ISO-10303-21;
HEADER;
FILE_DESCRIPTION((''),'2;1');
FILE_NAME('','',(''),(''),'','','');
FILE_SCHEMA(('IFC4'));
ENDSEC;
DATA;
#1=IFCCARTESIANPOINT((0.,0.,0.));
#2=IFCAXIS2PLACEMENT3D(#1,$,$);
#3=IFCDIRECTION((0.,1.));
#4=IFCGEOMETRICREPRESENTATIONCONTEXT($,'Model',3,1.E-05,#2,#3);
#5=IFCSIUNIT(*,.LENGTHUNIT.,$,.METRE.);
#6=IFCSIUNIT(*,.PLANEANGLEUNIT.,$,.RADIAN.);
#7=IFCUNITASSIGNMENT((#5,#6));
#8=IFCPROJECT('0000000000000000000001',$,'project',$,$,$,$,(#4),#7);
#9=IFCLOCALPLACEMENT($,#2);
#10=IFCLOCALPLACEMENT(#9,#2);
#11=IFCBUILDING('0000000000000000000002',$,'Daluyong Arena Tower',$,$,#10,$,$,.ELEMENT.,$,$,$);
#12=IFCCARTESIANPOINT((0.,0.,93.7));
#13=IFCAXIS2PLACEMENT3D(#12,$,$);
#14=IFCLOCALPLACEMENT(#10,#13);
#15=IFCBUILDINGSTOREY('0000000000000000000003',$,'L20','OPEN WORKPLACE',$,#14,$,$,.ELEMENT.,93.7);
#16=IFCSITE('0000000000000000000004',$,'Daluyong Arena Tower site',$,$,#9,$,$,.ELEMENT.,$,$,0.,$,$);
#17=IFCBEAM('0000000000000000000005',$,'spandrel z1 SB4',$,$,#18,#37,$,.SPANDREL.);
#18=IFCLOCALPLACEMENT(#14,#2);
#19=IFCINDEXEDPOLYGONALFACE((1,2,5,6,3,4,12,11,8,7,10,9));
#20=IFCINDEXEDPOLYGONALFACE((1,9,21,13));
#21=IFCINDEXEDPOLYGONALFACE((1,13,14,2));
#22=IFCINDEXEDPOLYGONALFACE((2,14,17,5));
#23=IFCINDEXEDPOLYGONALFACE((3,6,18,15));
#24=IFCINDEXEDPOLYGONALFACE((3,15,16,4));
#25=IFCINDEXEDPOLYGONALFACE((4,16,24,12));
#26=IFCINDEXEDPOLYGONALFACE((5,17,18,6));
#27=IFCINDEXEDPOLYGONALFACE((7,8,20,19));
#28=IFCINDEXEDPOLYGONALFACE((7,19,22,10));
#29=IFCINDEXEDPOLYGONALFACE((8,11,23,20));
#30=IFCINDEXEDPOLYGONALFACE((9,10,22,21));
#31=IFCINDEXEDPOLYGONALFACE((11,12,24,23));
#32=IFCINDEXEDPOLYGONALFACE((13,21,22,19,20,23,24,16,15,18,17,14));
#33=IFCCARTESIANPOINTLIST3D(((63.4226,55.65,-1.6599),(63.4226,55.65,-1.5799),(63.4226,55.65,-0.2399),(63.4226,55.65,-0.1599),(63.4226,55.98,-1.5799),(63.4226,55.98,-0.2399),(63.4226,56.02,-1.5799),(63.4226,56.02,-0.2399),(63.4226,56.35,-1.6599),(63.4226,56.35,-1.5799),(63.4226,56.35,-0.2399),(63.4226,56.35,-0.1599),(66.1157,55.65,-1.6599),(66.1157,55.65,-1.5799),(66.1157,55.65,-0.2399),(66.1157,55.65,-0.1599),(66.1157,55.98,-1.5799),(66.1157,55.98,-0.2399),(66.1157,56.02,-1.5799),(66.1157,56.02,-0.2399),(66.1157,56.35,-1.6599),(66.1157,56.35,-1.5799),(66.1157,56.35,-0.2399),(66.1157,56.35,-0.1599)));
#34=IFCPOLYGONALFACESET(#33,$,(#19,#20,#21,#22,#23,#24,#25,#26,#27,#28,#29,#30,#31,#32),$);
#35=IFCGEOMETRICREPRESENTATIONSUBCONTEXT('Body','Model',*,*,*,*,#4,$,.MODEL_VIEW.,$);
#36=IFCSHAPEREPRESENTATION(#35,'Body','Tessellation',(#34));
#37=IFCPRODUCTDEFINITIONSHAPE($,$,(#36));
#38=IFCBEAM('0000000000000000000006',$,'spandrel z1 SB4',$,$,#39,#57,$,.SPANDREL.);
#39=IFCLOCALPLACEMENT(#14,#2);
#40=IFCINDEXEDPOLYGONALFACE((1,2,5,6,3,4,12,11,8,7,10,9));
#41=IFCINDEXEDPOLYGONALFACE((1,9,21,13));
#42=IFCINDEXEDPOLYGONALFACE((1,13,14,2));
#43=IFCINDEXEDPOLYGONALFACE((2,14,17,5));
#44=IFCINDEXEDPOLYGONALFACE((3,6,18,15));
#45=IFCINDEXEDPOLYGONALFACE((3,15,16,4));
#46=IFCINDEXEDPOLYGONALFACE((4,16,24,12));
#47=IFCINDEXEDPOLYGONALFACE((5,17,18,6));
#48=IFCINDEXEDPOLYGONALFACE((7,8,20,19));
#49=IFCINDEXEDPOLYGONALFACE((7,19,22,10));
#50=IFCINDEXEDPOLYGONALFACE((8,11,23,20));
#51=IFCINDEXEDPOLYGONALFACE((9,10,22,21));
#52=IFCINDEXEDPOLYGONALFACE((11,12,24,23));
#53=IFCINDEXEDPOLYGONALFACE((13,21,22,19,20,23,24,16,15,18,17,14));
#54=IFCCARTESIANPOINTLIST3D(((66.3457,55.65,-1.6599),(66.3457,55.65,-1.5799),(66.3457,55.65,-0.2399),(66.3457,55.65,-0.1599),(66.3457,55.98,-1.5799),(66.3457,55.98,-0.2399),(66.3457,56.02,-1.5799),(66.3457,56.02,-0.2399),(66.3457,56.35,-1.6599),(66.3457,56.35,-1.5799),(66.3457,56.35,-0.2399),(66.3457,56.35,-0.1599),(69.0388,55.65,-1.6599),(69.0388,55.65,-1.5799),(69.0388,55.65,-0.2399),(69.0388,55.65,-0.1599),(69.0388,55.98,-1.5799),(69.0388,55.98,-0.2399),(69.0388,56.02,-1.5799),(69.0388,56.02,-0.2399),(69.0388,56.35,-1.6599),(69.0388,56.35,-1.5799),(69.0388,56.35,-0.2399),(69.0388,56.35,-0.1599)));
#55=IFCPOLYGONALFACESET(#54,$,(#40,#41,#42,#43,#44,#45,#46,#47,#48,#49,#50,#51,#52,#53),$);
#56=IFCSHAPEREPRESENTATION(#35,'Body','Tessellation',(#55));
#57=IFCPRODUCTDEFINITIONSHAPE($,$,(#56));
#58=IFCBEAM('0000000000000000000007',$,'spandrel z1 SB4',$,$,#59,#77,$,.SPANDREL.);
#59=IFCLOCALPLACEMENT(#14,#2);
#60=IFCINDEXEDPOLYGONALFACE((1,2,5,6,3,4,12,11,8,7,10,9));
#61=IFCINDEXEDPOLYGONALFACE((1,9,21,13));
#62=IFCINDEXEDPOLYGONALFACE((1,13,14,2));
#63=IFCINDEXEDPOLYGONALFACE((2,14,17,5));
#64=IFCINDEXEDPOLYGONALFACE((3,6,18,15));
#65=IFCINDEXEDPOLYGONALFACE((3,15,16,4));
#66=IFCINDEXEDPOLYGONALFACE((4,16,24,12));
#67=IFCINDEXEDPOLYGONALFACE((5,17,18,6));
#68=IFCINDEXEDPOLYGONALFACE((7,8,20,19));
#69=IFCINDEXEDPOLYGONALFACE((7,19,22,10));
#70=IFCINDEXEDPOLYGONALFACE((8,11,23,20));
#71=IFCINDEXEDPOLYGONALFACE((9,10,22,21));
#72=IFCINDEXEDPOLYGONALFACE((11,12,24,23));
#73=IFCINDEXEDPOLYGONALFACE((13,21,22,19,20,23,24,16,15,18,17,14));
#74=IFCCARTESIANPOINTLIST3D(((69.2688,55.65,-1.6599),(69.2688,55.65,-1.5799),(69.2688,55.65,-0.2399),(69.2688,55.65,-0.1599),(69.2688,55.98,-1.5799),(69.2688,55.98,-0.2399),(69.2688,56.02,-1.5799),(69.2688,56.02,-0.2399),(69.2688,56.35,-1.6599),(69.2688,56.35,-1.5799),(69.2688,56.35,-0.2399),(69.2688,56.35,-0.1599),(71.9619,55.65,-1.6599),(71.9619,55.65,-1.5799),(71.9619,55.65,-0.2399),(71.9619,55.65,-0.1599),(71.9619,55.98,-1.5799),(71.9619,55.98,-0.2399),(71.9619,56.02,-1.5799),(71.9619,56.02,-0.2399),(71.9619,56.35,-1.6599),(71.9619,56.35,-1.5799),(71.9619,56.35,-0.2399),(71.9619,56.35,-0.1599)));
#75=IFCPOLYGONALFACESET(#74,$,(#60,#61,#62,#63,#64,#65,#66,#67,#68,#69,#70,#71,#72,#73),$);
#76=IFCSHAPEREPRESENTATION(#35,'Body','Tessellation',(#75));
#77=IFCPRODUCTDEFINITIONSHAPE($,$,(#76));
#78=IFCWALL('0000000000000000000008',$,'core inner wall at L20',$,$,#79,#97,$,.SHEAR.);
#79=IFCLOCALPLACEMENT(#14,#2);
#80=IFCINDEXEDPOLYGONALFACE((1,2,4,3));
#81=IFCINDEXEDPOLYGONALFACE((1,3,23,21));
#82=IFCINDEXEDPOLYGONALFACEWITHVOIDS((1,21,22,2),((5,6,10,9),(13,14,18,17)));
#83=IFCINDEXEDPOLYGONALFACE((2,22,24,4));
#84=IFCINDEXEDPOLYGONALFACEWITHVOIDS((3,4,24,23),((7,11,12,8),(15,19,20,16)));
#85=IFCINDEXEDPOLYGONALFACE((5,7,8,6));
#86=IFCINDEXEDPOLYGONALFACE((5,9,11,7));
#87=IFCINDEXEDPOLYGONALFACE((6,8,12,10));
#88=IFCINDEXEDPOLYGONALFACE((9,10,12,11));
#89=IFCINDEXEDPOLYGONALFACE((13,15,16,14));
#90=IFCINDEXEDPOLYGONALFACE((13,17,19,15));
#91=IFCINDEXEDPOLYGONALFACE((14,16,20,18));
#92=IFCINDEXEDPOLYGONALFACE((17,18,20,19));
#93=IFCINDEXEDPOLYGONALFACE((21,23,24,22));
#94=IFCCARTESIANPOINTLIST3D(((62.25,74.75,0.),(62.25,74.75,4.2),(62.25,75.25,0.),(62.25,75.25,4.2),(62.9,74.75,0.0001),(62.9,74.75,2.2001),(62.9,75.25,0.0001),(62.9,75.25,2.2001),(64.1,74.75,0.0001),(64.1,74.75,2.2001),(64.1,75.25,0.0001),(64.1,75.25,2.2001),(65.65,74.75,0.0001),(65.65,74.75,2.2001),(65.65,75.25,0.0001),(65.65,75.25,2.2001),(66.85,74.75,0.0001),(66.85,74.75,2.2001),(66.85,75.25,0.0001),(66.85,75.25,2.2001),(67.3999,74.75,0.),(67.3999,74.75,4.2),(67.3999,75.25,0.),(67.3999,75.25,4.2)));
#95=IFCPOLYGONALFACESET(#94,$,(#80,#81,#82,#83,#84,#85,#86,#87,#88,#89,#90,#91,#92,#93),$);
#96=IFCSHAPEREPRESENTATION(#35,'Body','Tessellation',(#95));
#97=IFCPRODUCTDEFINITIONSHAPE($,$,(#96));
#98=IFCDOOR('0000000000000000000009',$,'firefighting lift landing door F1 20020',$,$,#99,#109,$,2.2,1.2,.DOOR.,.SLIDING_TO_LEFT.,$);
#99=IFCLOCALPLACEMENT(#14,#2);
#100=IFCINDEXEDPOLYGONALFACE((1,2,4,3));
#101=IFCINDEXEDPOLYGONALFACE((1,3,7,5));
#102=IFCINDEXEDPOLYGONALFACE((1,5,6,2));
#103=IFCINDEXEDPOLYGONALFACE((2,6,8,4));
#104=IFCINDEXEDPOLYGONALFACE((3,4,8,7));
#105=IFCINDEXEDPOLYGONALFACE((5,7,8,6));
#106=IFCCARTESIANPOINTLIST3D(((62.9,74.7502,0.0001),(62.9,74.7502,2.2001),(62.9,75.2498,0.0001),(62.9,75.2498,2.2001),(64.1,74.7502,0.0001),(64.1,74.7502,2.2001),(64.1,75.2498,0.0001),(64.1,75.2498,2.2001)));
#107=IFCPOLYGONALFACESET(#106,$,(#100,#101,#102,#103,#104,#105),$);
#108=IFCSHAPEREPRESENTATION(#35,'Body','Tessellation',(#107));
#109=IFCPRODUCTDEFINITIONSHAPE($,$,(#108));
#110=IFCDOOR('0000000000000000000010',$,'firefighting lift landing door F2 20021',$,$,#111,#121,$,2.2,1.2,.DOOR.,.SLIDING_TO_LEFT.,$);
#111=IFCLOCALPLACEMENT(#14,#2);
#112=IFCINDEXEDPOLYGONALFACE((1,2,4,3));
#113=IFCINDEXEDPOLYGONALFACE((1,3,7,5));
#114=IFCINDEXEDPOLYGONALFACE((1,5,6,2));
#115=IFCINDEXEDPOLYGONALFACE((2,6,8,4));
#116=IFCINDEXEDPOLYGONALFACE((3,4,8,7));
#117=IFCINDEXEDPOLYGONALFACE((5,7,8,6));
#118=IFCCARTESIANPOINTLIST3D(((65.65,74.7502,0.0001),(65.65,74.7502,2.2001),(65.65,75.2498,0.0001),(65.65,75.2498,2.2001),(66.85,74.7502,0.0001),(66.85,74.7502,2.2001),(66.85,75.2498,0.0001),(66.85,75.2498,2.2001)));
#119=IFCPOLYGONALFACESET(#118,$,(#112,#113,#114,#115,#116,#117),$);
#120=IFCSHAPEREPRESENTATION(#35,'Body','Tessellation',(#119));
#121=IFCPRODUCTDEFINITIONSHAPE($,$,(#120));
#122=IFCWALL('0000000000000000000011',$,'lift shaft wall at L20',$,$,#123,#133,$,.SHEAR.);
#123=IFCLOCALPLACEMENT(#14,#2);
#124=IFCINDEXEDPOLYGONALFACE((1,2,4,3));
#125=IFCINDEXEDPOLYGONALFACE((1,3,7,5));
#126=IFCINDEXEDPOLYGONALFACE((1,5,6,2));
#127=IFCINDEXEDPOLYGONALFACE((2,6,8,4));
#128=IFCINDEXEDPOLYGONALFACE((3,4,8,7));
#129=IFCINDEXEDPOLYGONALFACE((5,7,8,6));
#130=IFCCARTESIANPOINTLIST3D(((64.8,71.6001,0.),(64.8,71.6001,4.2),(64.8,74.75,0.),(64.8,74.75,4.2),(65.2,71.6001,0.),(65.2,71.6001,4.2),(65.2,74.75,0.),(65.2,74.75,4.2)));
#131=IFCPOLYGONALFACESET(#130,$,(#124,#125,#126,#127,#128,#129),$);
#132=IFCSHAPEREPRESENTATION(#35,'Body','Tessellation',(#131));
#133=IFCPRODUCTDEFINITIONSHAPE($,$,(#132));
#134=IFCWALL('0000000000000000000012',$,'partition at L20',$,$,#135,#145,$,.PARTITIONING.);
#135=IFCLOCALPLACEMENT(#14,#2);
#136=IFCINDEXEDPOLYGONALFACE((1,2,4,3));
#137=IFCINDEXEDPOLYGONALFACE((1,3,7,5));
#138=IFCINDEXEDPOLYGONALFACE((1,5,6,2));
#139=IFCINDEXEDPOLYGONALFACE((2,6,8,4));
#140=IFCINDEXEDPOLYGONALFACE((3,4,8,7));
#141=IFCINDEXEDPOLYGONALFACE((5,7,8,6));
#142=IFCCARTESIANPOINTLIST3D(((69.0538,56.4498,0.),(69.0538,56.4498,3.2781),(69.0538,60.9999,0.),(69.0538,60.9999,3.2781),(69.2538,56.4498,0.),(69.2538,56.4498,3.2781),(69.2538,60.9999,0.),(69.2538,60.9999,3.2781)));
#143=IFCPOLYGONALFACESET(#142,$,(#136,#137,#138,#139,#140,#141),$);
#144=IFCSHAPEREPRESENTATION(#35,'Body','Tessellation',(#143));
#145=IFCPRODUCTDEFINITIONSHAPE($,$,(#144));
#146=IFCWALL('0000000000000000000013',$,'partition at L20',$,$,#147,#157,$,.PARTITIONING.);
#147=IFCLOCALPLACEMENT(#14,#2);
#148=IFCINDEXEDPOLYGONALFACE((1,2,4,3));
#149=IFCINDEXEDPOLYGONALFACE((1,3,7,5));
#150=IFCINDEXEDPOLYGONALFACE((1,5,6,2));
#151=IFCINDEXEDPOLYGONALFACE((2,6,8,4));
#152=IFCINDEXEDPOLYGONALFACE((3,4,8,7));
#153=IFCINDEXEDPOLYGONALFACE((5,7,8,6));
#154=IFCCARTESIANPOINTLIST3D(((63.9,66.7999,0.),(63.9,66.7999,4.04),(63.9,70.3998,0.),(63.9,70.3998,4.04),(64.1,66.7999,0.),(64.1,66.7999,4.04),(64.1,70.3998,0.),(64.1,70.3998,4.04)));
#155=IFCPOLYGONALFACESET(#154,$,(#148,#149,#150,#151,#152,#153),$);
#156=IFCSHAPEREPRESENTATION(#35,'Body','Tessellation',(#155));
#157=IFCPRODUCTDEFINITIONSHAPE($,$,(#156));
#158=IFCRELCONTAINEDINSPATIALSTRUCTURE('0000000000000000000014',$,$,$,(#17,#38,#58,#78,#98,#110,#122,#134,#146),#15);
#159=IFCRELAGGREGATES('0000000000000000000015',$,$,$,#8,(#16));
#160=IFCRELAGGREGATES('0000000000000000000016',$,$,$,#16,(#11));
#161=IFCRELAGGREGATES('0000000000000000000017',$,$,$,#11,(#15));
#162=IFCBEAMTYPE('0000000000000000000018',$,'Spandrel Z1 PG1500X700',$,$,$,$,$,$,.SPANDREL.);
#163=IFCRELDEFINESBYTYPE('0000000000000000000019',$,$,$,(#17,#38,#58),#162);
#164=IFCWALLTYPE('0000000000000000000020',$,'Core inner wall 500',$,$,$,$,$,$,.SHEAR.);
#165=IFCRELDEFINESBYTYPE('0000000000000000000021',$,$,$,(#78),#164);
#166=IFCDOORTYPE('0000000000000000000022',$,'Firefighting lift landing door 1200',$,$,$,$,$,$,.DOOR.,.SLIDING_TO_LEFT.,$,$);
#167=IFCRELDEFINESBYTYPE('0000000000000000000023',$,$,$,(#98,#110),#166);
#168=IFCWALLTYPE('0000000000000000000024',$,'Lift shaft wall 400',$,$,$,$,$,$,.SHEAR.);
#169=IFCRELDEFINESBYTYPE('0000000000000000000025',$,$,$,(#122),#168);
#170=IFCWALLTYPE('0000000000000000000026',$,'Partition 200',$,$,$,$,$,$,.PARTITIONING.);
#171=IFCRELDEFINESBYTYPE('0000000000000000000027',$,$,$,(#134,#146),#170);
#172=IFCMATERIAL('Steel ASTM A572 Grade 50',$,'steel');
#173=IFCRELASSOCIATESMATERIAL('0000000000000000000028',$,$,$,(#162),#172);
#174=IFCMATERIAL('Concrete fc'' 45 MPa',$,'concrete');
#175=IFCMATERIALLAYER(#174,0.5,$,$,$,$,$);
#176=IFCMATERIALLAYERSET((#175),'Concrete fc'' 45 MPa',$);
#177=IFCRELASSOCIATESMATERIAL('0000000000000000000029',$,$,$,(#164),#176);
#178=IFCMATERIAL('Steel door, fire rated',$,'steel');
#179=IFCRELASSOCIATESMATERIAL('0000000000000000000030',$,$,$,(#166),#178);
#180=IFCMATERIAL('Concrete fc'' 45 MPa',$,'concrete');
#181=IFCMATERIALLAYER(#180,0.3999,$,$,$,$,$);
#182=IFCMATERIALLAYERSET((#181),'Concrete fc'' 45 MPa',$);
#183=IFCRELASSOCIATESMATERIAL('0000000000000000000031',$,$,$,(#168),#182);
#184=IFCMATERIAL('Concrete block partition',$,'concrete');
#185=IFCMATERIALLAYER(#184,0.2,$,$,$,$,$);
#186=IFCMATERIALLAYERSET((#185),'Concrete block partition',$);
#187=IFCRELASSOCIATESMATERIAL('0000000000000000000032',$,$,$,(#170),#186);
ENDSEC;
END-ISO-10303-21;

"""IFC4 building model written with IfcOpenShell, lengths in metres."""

from ifc_helpers import new_model, si_unit, direction, frame, frame_2d, origin, origin_2d, place, context, subcontext, project, spatial, rectangle, i_section, extrude, material, layer, layer_set, material_profile, profile_set, type_object, element, fill, save


model = new_model("IFC4")

# Units and contexts
model_context = context("Model", 3, precision=1e-05, world=origin(), true_north=direction((0.0, 1.0)))
body_context = subcontext(model_context, "Body", "Model", "MODEL_VIEW")
ifc_project = project(units=[si_unit("LENGTHUNIT", "METRE"), si_unit("PLANEANGLEUNIT", "RADIAN")], contexts=[model_context])

# Site, building, storey
site_placement = place(None, origin())
site = spatial("IfcSite", under=ifc_project, at=site_placement, Name="Daluyong Arena Tower site", CompositionType="ELEMENT", RefElevation=0.0)
building_placement = place(site_placement, origin())
building = spatial("IfcBuilding", under=site, at=building_placement, Name="Daluyong Arena Tower", CompositionType="ELEMENT")
storey_placement = place(building_placement, frame((0.0, 0.0, 93.7)))
storey = spatial("IfcBuildingStorey", under=building, at=storey_placement, Name="L20", Description="OPEN WORKPLACE", CompositionType="ELEMENT", Elevation=93.7)

# Beams
ifc_material_1 = material(Name="Steel ASTM A572 Grade 50", Category="steel")
ifc_material_profile_1 = material_profile(ifc_material_1, i_section(OverallWidth=0.7, OverallDepth=1.5, WebThickness=0.04, FlangeThickness=0.08, at=origin_2d()))
ifc_profile_set_1 = profile_set([ifc_material_profile_1], Name="Steel ASTM A572 Grade 50")
beam_type_1 = type_object("IfcBeamType", Name="Spandrel Z1 PG1500X700", PredefinedType="SPANDREL", material=ifc_profile_set_1)
for number, where, z_axis, x_axis, name in (
    (1, (63.4226, 56.0, -0.9099), (1.0, 0.0, 0.0), (0.0, 1.0, 0.0), "spandrel z1 SB4"),
    (2, (66.3457, 56.0, -0.9099), (1.0, 0.0, 0.0), (0.0, 1.0, 0.0), "spandrel z1 SB4"),
    (3, (69.2688, 56.0, -0.9099), (1.0, 0.0, 0.0), (0.0, 1.0, 0.0), "spandrel z1 SB4"),
):
    element("IfcBeam", number, at=place(storey_placement, frame(where, z_axis=z_axis, x_axis=x_axis)), inside=storey, type_object=beam_type_1, Name=name, PredefinedType="SPANDREL", context=body_context, shape_type="SweptSolid", body=[
        extrude(i_section(OverallWidth=0.7, OverallDepth=1.5, WebThickness=0.04, FlangeThickness=0.08, at=origin_2d()), origin(), (0.0, 0.0, 1.0), 2.6931),
    ])

# Shared definitions
ifc_material_2 = material(Name="Concrete fc' 45 MPa", Category="concrete")
ifc_layer_1 = layer(ifc_material_2, 0.5)
ifc_layer_set_1 = layer_set([ifc_layer_1], Name="Concrete fc' 45 MPa")
wall_type_1 = type_object("IfcWallType", Name="Core inner wall 500", PredefinedType="SHEAR", material=ifc_layer_set_1)

# Wall, openings, doors
wall_1_placement = place(storey_placement, frame((62.25, 75.0, 0.0), z_axis=(0.0, 0.0, 1.0), x_axis=(1.0, 0.0, 0.0)))
wall_1 = element("IfcWall", 4, at=wall_1_placement, inside=storey, type_object=wall_type_1, Name="core inner wall at L20", PredefinedType="SHEAR", context=body_context, shape_type="SweptSolid", body=[
    extrude(rectangle(XDim=5.1499, YDim=0.5, at=frame_2d((2.575, 0.0))), origin(), (0.0, 0.0, 1.0), 4.2),
])
opening_1_placement = place(wall_1_placement, frame((0.6499, 0.0, 0.0)))
opening_1 = element("IfcOpeningElement", 5, at=opening_1_placement, cuts=wall_1, PredefinedType="OPENING", context=body_context, shape_type="SweptSolid", body=[
    extrude(rectangle(XDim=1.2, YDim=2.2, at=frame_2d((0.6001, 1.1001))), frame((0.0, 0.26, 0.0), z_axis=(0.0, -1.0, 0.0), x_axis=(1.0, 0.0, 0.0)), (0.0, 0.0, 1.0), 0.52),
])
opening_2_placement = place(wall_1_placement, frame((3.3999, 0.0, 0.0)))
opening_2 = element("IfcOpeningElement", 6, at=opening_2_placement, cuts=wall_1, PredefinedType="OPENING", context=body_context, shape_type="SweptSolid", body=[
    extrude(rectangle(XDim=1.2, YDim=2.2, at=frame_2d((0.6001, 1.1001))), frame((0.0, 0.26, 0.0), z_axis=(0.0, -1.0, 0.0), x_axis=(1.0, 0.0, 0.0)), (0.0, 0.0, 1.0), 0.52),
])
ifc_material_3 = material(Name="Steel door, fire rated", Category="steel")
door_type_1 = type_object("IfcDoorType", Name="Firefighting lift landing door 1200", OperationType="SLIDING_TO_LEFT", PredefinedType="DOOR", material=ifc_material_3)
door_1_placement = place(opening_1_placement, origin())
door_1 = element("IfcDoor", 7, at=door_1_placement, inside=storey, type_object=door_type_1, Name="firefighting lift landing door F1 20020", OperationType="SLIDING_TO_LEFT", OverallHeight=2.2, OverallWidth=1.2, PredefinedType="DOOR", context=body_context, shape_type="SweptSolid", body=[
    extrude(rectangle(XDim=1.2, YDim=2.2, at=frame_2d((0.6001, 1.1001))), frame((0.0, 0.2498, 0.0), z_axis=(0.0, -1.0, 0.0), x_axis=(1.0, 0.0, 0.0)), (0.0, 0.0, 1.0), 0.4995),
])
fill(opening_1, door_1)
door_2_placement = place(opening_2_placement, origin())
door_2 = element("IfcDoor", 8, at=door_2_placement, inside=storey, type_object=door_type_1, Name="firefighting lift landing door F2 20021", OperationType="SLIDING_TO_LEFT", OverallHeight=2.2, OverallWidth=1.2, PredefinedType="DOOR", context=body_context, shape_type="SweptSolid", body=[
    extrude(rectangle(XDim=1.2, YDim=2.2, at=frame_2d((0.6001, 1.1001))), frame((0.0, 0.2498, 0.0), z_axis=(0.0, -1.0, 0.0), x_axis=(1.0, 0.0, 0.0)), (0.0, 0.0, 1.0), 0.4995),
])
fill(opening_2, door_2)

# Walls
ifc_material_4 = material(Name="Concrete fc' 45 MPa", Category="concrete")
ifc_layer_2 = layer(ifc_material_4, 0.3999)
ifc_layer_set_2 = layer_set([ifc_layer_2], Name="Concrete fc' 45 MPa")
wall_type_2 = type_object("IfcWallType", Name="Lift shaft wall 400", PredefinedType="SHEAR", material=ifc_layer_set_2)
wall_2_placement = place(storey_placement, frame((65.0, 71.6001, 0.0), z_axis=(0.0, 0.0, 1.0), x_axis=(0.0, 1.0, 0.0)))
element("IfcWall", 9, at=wall_2_placement, inside=storey, type_object=wall_type_2, Name="lift shaft wall at L20", PredefinedType="SHEAR", context=body_context, shape_type="SweptSolid", body=[
    extrude(rectangle(XDim=3.1499, YDim=0.3999, at=frame_2d((1.575, 0.0))), origin(), (0.0, 0.0, 1.0), 4.2),
])
ifc_material_5 = material(Name="Concrete block partition", Category="concrete")
ifc_layer_3 = layer(ifc_material_5, 0.2)
ifc_layer_set_3 = layer_set([ifc_layer_3], Name="Concrete block partition")
wall_type_3 = type_object("IfcWallType", Name="Partition 200", PredefinedType="PARTITIONING", material=ifc_layer_set_3)
wall_3_placement = place(storey_placement, frame((69.1538, 56.45, 0.0), z_axis=(0.0, 0.0, 1.0), x_axis=(0.0, 1.0, 0.0)))
element("IfcWall", 10, at=wall_3_placement, inside=storey, type_object=wall_type_3, Name="partition at L20", PredefinedType="PARTITIONING", context=body_context, shape_type="SweptSolid", body=[
    extrude(rectangle(XDim=4.55, YDim=0.2, at=frame_2d((2.2749, 0.0))), origin(), (0.0, 0.0, 1.0), 3.2781),
])
wall_4_placement = place(storey_placement, frame((64.0, 66.8, 0.0), z_axis=(0.0, 0.0, 1.0), x_axis=(0.0, 1.0, 0.0)))
element("IfcWall", 11, at=wall_4_placement, inside=storey, type_object=wall_type_3, Name="partition at L20", PredefinedType="PARTITIONING", context=body_context, shape_type="SweptSolid", body=[
    extrude(rectangle(XDim=3.5999, YDim=0.2, at=frame_2d((1.7998, 0.0))), origin(), (0.0, 0.0, 1.0), 4.04),
])

save(model, "model.ifc")
